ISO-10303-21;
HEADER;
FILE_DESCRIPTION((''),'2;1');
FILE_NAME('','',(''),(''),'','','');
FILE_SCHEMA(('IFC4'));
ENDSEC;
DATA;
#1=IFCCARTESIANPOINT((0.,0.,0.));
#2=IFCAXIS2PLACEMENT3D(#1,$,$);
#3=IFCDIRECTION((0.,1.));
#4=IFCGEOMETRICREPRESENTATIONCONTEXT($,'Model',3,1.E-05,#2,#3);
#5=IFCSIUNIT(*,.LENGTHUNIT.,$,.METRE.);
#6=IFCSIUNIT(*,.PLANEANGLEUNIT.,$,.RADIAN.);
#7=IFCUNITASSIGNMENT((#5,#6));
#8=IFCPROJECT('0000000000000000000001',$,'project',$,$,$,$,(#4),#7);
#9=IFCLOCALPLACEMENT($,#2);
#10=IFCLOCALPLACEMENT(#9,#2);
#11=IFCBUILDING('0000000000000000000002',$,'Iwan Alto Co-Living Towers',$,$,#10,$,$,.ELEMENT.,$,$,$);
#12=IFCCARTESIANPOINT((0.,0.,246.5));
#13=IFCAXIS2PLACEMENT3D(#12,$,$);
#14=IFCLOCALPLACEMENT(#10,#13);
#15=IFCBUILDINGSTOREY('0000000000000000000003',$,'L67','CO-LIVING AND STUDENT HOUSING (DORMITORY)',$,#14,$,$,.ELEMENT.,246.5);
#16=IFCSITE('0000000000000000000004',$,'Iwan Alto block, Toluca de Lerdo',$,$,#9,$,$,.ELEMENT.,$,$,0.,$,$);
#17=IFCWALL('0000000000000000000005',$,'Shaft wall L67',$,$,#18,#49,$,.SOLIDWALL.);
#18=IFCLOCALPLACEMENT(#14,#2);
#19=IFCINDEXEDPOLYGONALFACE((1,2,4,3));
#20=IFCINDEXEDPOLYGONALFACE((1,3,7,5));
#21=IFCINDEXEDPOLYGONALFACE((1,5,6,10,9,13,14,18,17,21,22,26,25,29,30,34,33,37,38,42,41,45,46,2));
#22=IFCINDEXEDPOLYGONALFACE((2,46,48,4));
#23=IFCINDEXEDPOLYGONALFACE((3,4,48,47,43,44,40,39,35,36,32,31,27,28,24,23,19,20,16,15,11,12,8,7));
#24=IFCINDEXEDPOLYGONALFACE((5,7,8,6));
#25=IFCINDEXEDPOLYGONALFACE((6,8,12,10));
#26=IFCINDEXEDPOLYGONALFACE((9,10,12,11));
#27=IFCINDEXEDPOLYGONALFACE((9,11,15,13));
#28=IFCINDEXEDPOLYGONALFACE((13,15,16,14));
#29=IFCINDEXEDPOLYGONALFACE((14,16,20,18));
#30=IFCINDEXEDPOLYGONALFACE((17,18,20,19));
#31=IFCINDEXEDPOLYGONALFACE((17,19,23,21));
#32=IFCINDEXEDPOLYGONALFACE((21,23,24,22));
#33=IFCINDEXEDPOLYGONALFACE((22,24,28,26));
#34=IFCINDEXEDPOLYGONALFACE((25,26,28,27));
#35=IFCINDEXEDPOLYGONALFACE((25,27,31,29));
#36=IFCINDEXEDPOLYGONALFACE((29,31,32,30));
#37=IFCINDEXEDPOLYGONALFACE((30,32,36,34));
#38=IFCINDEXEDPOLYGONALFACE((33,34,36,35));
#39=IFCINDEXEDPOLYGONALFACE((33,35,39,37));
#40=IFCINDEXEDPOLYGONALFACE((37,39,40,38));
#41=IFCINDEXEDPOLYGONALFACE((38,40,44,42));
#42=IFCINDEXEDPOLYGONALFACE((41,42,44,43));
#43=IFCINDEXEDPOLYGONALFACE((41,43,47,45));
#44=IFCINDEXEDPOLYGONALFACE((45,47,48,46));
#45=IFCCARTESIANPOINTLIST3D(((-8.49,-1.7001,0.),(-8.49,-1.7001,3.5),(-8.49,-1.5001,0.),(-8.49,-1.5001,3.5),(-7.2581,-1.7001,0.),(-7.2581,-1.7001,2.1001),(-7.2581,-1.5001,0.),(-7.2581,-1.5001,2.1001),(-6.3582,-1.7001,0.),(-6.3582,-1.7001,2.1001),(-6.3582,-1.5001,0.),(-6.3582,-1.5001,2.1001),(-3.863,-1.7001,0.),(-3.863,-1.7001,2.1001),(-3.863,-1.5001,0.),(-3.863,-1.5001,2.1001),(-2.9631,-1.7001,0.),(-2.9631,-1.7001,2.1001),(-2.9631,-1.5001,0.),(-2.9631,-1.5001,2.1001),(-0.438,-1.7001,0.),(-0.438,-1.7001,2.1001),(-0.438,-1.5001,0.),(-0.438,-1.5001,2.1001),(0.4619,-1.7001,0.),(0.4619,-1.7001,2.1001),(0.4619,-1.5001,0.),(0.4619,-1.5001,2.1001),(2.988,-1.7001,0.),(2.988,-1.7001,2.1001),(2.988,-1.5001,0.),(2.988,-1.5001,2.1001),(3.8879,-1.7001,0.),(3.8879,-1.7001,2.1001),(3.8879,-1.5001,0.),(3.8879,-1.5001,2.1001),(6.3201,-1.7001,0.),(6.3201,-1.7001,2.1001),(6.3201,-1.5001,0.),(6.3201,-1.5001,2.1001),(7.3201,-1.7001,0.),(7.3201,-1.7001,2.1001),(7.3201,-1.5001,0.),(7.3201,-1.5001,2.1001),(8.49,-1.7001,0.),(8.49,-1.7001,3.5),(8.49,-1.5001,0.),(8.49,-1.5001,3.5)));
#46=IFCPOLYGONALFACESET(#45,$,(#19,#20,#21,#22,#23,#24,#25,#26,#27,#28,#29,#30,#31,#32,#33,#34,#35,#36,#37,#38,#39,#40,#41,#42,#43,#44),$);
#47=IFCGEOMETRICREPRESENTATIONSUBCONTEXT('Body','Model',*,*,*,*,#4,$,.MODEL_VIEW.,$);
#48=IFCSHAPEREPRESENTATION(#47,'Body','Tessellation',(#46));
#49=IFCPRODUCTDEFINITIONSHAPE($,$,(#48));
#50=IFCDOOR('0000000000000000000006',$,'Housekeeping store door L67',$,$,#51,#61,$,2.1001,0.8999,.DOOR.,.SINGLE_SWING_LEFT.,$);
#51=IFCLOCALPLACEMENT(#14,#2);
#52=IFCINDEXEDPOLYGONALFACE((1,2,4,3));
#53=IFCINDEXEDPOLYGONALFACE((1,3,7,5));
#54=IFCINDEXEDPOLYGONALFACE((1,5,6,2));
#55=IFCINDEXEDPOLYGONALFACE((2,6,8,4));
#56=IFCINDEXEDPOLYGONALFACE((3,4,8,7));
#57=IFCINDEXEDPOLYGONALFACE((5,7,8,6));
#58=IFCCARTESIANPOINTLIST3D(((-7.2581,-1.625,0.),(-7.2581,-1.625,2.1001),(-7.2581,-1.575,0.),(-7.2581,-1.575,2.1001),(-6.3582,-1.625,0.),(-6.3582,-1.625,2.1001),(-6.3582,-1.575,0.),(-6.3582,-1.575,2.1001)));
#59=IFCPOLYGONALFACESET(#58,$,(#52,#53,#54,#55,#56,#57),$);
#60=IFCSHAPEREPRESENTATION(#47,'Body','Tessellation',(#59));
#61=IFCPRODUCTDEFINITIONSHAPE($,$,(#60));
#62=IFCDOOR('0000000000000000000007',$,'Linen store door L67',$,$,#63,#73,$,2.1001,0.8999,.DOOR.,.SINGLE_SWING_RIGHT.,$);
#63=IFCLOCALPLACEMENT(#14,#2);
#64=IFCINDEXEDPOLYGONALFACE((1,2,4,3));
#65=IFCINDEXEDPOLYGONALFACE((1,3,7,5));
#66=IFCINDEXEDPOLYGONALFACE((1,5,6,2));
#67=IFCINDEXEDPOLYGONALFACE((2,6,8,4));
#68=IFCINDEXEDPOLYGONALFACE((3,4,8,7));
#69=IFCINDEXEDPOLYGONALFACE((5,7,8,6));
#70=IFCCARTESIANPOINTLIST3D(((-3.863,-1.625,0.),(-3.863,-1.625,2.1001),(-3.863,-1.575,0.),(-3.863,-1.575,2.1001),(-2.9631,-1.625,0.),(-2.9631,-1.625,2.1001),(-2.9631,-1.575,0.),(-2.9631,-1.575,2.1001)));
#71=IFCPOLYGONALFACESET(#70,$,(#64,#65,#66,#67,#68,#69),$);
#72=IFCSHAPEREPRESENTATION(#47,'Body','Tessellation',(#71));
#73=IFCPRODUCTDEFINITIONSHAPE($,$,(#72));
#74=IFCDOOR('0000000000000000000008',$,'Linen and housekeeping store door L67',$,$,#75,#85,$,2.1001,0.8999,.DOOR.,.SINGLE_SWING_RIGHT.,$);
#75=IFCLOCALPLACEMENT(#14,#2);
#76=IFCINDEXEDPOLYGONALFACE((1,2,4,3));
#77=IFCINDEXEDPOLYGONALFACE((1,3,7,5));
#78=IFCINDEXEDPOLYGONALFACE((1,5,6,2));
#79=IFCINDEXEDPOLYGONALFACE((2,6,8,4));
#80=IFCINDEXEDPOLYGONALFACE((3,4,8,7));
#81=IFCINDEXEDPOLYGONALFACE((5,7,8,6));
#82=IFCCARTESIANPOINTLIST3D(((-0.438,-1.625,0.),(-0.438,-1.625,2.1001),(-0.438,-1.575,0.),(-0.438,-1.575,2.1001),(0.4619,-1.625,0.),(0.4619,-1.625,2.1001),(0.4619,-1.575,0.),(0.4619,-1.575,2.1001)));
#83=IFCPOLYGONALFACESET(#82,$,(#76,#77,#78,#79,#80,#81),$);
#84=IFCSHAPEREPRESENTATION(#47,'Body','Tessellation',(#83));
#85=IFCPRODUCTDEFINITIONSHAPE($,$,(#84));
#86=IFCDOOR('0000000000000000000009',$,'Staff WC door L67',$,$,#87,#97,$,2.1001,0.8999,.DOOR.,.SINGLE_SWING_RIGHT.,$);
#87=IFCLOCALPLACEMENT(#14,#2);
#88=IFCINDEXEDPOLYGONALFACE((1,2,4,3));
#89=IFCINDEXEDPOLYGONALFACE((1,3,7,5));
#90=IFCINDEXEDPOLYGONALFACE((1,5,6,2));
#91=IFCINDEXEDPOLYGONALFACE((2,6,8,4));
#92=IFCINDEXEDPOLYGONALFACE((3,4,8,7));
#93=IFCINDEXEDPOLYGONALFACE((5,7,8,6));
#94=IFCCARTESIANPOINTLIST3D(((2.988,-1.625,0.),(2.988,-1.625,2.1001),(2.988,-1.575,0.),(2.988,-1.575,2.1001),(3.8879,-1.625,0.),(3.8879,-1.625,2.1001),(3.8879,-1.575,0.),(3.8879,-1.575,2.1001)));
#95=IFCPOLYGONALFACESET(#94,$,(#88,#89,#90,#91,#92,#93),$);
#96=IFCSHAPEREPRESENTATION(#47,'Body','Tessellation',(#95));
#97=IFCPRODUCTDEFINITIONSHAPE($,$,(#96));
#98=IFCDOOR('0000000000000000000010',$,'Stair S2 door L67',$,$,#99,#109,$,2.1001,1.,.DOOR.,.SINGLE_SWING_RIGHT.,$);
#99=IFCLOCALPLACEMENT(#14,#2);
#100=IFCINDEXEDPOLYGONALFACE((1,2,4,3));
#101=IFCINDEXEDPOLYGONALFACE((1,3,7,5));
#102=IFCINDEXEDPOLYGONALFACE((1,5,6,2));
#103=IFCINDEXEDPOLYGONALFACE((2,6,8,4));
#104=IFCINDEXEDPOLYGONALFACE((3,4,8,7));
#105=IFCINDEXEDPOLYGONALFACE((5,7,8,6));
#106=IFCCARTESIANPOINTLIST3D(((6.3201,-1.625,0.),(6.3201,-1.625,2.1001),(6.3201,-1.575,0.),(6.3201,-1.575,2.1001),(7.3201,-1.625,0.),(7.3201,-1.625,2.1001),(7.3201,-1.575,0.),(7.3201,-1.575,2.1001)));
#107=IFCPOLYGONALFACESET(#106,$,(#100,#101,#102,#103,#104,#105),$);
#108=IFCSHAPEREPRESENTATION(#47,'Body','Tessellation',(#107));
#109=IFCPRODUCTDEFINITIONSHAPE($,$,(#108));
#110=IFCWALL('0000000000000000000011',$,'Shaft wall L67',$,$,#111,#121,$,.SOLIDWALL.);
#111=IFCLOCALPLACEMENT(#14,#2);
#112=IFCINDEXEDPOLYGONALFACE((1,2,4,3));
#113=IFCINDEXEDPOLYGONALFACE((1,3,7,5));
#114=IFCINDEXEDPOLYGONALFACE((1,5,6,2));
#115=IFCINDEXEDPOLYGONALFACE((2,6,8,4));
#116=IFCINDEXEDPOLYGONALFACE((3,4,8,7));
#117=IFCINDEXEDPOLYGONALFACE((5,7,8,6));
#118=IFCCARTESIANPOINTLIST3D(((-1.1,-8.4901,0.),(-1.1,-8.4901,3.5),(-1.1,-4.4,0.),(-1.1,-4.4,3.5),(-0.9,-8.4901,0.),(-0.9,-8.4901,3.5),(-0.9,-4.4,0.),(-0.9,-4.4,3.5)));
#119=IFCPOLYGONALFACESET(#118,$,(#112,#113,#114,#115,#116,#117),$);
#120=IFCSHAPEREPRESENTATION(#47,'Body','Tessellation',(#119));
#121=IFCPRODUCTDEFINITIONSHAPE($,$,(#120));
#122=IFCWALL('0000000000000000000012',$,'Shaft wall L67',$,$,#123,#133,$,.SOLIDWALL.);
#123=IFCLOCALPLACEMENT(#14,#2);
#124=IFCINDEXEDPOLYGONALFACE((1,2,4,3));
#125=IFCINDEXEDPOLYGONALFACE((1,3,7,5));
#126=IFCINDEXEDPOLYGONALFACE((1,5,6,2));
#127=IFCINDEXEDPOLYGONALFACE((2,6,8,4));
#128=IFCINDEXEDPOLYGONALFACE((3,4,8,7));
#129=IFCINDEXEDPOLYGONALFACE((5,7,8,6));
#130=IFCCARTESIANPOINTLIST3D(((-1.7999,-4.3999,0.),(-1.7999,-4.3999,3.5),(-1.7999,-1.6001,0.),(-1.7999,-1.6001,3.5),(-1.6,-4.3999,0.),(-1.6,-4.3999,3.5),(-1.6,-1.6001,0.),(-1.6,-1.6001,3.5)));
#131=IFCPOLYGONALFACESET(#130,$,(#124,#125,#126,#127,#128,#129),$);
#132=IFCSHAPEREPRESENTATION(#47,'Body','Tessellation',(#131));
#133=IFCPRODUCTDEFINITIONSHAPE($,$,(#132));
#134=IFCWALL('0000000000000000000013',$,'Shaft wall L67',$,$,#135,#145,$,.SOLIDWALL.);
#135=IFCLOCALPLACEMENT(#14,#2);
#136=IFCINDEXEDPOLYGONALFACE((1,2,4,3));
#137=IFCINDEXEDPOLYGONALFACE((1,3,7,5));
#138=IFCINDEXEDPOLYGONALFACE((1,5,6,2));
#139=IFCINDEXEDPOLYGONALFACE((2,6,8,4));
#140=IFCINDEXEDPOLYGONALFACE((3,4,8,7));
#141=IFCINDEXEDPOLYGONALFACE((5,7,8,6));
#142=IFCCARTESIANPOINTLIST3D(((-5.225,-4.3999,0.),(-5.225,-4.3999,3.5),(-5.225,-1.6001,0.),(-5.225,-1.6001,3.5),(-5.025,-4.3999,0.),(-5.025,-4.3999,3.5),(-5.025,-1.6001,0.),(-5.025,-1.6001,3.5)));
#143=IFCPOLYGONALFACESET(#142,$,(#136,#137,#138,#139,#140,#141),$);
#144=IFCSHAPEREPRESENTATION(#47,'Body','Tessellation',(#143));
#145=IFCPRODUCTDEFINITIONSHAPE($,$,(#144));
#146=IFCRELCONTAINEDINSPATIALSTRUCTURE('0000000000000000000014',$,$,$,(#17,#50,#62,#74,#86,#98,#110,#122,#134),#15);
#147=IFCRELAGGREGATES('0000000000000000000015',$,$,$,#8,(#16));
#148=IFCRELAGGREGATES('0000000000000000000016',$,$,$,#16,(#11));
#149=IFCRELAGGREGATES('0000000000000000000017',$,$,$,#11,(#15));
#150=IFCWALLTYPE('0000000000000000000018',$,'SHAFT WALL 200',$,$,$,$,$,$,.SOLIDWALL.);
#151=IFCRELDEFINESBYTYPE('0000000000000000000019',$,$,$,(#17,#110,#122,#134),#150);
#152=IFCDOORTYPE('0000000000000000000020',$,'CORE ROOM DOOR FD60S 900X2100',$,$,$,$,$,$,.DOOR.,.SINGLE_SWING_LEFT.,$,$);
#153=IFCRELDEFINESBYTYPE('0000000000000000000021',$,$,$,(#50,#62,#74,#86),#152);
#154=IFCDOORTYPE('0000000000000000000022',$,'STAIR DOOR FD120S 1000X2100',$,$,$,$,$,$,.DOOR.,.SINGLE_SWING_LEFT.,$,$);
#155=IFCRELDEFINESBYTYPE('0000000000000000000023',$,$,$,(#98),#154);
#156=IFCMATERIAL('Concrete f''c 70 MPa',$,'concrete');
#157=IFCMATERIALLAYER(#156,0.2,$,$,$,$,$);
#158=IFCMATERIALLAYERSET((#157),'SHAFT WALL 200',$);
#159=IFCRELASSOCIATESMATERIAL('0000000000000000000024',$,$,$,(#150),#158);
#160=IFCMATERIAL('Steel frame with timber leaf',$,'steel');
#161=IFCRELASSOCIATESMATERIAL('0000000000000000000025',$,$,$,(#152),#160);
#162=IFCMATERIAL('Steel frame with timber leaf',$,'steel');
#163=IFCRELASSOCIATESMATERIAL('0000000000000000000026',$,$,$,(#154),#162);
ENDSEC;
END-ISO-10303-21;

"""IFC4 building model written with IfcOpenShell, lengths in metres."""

from ifc_helpers import new_model, si_unit, direction, frame, frame_2d, origin, place, context, subcontext, project, spatial, rectangle, extrude, material, layer, layer_set, type_object, element, fill, save


model = new_model("IFC4")

# Units and contexts
model_context = context("Model", 3, precision=1e-05, world=origin(), true_north=direction((0.0, 1.0)))
body_context = subcontext(model_context, "Body", "Model", "MODEL_VIEW")
ifc_project = project(units=[si_unit("LENGTHUNIT", "METRE"), si_unit("PLANEANGLEUNIT", "RADIAN")], contexts=[model_context])

# Site, building, storey
site_placement = place(None, origin())
site = spatial("IfcSite", under=ifc_project, at=site_placement, Name="Iwan Alto block, Toluca de Lerdo", CompositionType="ELEMENT", RefElevation=0.0)
building_placement = place(site_placement, origin())
building = spatial("IfcBuilding", under=site, at=building_placement, Name="Iwan Alto Co-Living Towers", CompositionType="ELEMENT")
storey_placement = place(building_placement, frame((0.0, 0.0, 246.5)))
storey = spatial("IfcBuildingStorey", under=building, at=storey_placement, Name="L67", Description="CO-LIVING AND STUDENT HOUSING (DORMITORY)", CompositionType="ELEMENT", Elevation=246.5)

# Shared definitions
ifc_material_1 = material(Name="Concrete f'c 70 MPa", Category="concrete")
ifc_layer_1 = layer(ifc_material_1, 0.2)
ifc_layer_set_1 = layer_set([ifc_layer_1], Name="SHAFT WALL 200")
wall_type_1 = type_object("IfcWallType", Name="SHAFT WALL 200", PredefinedType="SOLIDWALL", material=ifc_layer_set_1)

# Wall, openings, doors
wall_1_placement = place(storey_placement, frame((-8.49, -1.6001, 0.0), z_axis=(0.0, 0.0, 1.0), x_axis=(1.0, 0.0, 0.0)))
wall_1 = element("IfcWall", 1, at=wall_1_placement, inside=storey, type_object=wall_type_1, Name="Shaft wall L67", PredefinedType="SOLIDWALL", context=body_context, shape_type="SweptSolid", body=[
    extrude(rectangle(XDim=16.98, YDim=0.2, at=frame_2d((8.49, 0.0))), origin(), (0.0, 0.0, 1.0), 3.5),
])
opening_1_placement = place(wall_1_placement, frame((14.8101, 0.0, 0.0)))
opening_1 = element("IfcOpeningElement", 2, at=opening_1_placement, cuts=wall_1, PredefinedType="OPENING", context=body_context, shape_type="SweptSolid", body=[
    extrude(rectangle(XDim=1.0, YDim=2.1001, at=frame_2d((0.5, 1.05))), frame((0.0, 0.1099, 0.0), z_axis=(0.0, -1.0, 0.0), x_axis=(1.0, 0.0, 0.0)), (0.0, 0.0, 1.0), 0.22),
])
opening_2_placement = place(wall_1_placement, frame((1.2319, 0.0, 0.0)))
opening_2 = element("IfcOpeningElement", 3, at=opening_2_placement, cuts=wall_1, PredefinedType="OPENING", context=body_context, shape_type="SweptSolid", body=[
    extrude(rectangle(XDim=0.8999, YDim=2.1001, at=frame_2d((0.45, 1.05))), frame((0.0, 0.1099, 0.0), z_axis=(0.0, -1.0, 0.0), x_axis=(1.0, 0.0, 0.0)), (0.0, 0.0, 1.0), 0.22),
])
opening_3_placement = place(wall_1_placement, frame((4.627, 0.0, 0.0)))
opening_3 = element("IfcOpeningElement", 4, at=opening_3_placement, cuts=wall_1, PredefinedType="OPENING", context=body_context, shape_type="SweptSolid", body=[
    extrude(rectangle(XDim=0.8999, YDim=2.1001, at=frame_2d((0.45, 1.05))), frame((0.0, 0.1099, 0.0), z_axis=(0.0, -1.0, 0.0), x_axis=(1.0, 0.0, 0.0)), (0.0, 0.0, 1.0), 0.22),
])
opening_4_placement = place(wall_1_placement, frame((8.052, 0.0, 0.0)))
opening_4 = element("IfcOpeningElement", 5, at=opening_4_placement, cuts=wall_1, PredefinedType="OPENING", context=body_context, shape_type="SweptSolid", body=[
    extrude(rectangle(XDim=0.8999, YDim=2.1001, at=frame_2d((0.45, 1.05))), frame((0.0, 0.1099, 0.0), z_axis=(0.0, -1.0, 0.0), x_axis=(1.0, 0.0, 0.0)), (0.0, 0.0, 1.0), 0.22),
])
opening_5_placement = place(wall_1_placement, frame((11.478, 0.0, 0.0)))
opening_5 = element("IfcOpeningElement", 6, at=opening_5_placement, cuts=wall_1, PredefinedType="OPENING", context=body_context, shape_type="SweptSolid", body=[
    extrude(rectangle(XDim=0.8999, YDim=2.1001, at=frame_2d((0.45, 1.05))), frame((0.0, 0.1099, 0.0), z_axis=(0.0, -1.0, 0.0), x_axis=(1.0, 0.0, 0.0)), (0.0, 0.0, 1.0), 0.22),
])
ifc_material_2 = material(Name="Steel frame with timber leaf", Category="steel")
door_type_1 = type_object("IfcDoorType", Name="CORE ROOM DOOR FD60S 900X2100", OperationType="SINGLE_SWING_LEFT", PredefinedType="DOOR", material=ifc_material_2)
door_1_placement = place(opening_2_placement, frame((0.8999, 0.0, 0.0), z_axis=(0.0, 0.0, 1.0), x_axis=(-1.0, 0.0, 0.0)))
door_1 = element("IfcDoor", 7, at=door_1_placement, inside=storey, type_object=door_type_1, Name="Housekeeping store door L67", OperationType="SINGLE_SWING_LEFT", OverallHeight=2.1001, OverallWidth=0.8999, PredefinedType="DOOR", context=body_context, shape_type="SweptSolid", body=[
    extrude(rectangle(XDim=0.8999, YDim=2.1001, at=frame_2d((0.45, 1.05))), frame((0.0, 0.0249, 0.0), z_axis=(0.0, -1.0, 0.0), x_axis=(1.0, 0.0, 0.0)), (0.0, 0.0, 1.0), 0.05),
])
fill(opening_2, door_1)
door_2_placement = place(opening_3_placement, frame((0.8999, 0.0, 0.0), z_axis=(0.0, 0.0, 1.0), x_axis=(-1.0, 0.0, 0.0)))
door_2 = element("IfcDoor", 8, at=door_2_placement, inside=storey, type_object=door_type_1, Name="Linen store door L67", OperationType="SINGLE_SWING_RIGHT", OverallHeight=2.1001, OverallWidth=0.8999, PredefinedType="DOOR", context=body_context, shape_type="SweptSolid", body=[
    extrude(rectangle(XDim=0.8999, YDim=2.1001, at=frame_2d((0.45, 1.05))), frame((0.0, 0.0249, 0.0), z_axis=(0.0, -1.0, 0.0), x_axis=(1.0, 0.0, 0.0)), (0.0, 0.0, 1.0), 0.05),
])
fill(opening_3, door_2)
door_3_placement = place(opening_4_placement, frame((0.8999, 0.0, 0.0), z_axis=(0.0, 0.0, 1.0), x_axis=(-1.0, 0.0, 0.0)))
door_3 = element("IfcDoor", 9, at=door_3_placement, inside=storey, type_object=door_type_1, Name="Linen and housekeeping store door L67", OperationType="SINGLE_SWING_RIGHT", OverallHeight=2.1001, OverallWidth=0.8999, PredefinedType="DOOR", context=body_context, shape_type="SweptSolid", body=[
    extrude(rectangle(XDim=0.8999, YDim=2.1001, at=frame_2d((0.45, 1.05))), frame((0.0, 0.0249, 0.0), z_axis=(0.0, -1.0, 0.0), x_axis=(1.0, 0.0, 0.0)), (0.0, 0.0, 1.0), 0.05),
])
fill(opening_4, door_3)
door_4_placement = place(opening_5_placement, frame((0.8999, 0.0, 0.0), z_axis=(0.0, 0.0, 1.0), x_axis=(-1.0, 0.0, 0.0)))
door_4 = element("IfcDoor", 10, at=door_4_placement, inside=storey, type_object=door_type_1, Name="Staff WC door L67", OperationType="SINGLE_SWING_RIGHT", OverallHeight=2.1001, OverallWidth=0.8999, PredefinedType="DOOR", context=body_context, shape_type="SweptSolid", body=[
    extrude(rectangle(XDim=0.8999, YDim=2.1001, at=frame_2d((0.45, 1.05))), frame((0.0, 0.0249, 0.0), z_axis=(0.0, -1.0, 0.0), x_axis=(1.0, 0.0, 0.0)), (0.0, 0.0, 1.0), 0.05),
])
fill(opening_5, door_4)
ifc_material_3 = material(Name="Steel frame with timber leaf", Category="steel")
door_type_2 = type_object("IfcDoorType", Name="STAIR DOOR FD120S 1000X2100", OperationType="SINGLE_SWING_LEFT", PredefinedType="DOOR", material=ifc_material_3)
door_5_placement = place(opening_1_placement, frame((1.0, 0.0, 0.0), z_axis=(0.0, 0.0, 1.0), x_axis=(-1.0, 0.0, 0.0)))
door_5 = element("IfcDoor", 11, at=door_5_placement, inside=storey, type_object=door_type_2, Name="Stair S2 door L67", OperationType="SINGLE_SWING_RIGHT", OverallHeight=2.1001, OverallWidth=1.0, PredefinedType="DOOR", context=body_context, shape_type="SweptSolid", body=[
    extrude(rectangle(XDim=1.0, YDim=2.1001, at=frame_2d((0.5, 1.05))), frame((0.0, 0.0249, 0.0), z_axis=(0.0, -1.0, 0.0), x_axis=(1.0, 0.0, 0.0)), (0.0, 0.0, 1.0), 0.05),
])
fill(opening_1, door_5)

# Walls
wall_2_placement = place(storey_placement, frame((-1.0, -8.49, 0.0), z_axis=(0.0, 0.0, 1.0), x_axis=(0.0, 1.0, 0.0)))
element("IfcWall", 12, at=wall_2_placement, inside=storey, type_object=wall_type_1, Name="Shaft wall L67", PredefinedType="SOLIDWALL", context=body_context, shape_type="SweptSolid", body=[
    extrude(rectangle(XDim=4.0901, YDim=0.2, at=frame_2d((2.0449, 0.0))), origin(), (0.0, 0.0, 1.0), 3.5),
])
for number, where, z_axis, x_axis, name in (
    (13, (-1.7, -4.3999, 0.0), (0.0, 0.0, 1.0), (0.0, 1.0, 0.0), "Shaft wall L67"),
    (14, (-5.125, -4.3999, 0.0), (0.0, 0.0, 1.0), (0.0, 1.0, 0.0), "Shaft wall L67"),
):
    element("IfcWall", number, at=place(storey_placement, frame(where, z_axis=z_axis, x_axis=x_axis)), inside=storey, type_object=wall_type_1, Name=name, PredefinedType="SOLIDWALL", context=body_context, shape_type="SweptSolid", body=[
        extrude(rectangle(XDim=2.7998, YDim=0.2, at=frame_2d((1.3999, 0.0))), origin(), (0.0, 0.0, 1.0), 3.5),
    ])

save(model, "model.ifc")
